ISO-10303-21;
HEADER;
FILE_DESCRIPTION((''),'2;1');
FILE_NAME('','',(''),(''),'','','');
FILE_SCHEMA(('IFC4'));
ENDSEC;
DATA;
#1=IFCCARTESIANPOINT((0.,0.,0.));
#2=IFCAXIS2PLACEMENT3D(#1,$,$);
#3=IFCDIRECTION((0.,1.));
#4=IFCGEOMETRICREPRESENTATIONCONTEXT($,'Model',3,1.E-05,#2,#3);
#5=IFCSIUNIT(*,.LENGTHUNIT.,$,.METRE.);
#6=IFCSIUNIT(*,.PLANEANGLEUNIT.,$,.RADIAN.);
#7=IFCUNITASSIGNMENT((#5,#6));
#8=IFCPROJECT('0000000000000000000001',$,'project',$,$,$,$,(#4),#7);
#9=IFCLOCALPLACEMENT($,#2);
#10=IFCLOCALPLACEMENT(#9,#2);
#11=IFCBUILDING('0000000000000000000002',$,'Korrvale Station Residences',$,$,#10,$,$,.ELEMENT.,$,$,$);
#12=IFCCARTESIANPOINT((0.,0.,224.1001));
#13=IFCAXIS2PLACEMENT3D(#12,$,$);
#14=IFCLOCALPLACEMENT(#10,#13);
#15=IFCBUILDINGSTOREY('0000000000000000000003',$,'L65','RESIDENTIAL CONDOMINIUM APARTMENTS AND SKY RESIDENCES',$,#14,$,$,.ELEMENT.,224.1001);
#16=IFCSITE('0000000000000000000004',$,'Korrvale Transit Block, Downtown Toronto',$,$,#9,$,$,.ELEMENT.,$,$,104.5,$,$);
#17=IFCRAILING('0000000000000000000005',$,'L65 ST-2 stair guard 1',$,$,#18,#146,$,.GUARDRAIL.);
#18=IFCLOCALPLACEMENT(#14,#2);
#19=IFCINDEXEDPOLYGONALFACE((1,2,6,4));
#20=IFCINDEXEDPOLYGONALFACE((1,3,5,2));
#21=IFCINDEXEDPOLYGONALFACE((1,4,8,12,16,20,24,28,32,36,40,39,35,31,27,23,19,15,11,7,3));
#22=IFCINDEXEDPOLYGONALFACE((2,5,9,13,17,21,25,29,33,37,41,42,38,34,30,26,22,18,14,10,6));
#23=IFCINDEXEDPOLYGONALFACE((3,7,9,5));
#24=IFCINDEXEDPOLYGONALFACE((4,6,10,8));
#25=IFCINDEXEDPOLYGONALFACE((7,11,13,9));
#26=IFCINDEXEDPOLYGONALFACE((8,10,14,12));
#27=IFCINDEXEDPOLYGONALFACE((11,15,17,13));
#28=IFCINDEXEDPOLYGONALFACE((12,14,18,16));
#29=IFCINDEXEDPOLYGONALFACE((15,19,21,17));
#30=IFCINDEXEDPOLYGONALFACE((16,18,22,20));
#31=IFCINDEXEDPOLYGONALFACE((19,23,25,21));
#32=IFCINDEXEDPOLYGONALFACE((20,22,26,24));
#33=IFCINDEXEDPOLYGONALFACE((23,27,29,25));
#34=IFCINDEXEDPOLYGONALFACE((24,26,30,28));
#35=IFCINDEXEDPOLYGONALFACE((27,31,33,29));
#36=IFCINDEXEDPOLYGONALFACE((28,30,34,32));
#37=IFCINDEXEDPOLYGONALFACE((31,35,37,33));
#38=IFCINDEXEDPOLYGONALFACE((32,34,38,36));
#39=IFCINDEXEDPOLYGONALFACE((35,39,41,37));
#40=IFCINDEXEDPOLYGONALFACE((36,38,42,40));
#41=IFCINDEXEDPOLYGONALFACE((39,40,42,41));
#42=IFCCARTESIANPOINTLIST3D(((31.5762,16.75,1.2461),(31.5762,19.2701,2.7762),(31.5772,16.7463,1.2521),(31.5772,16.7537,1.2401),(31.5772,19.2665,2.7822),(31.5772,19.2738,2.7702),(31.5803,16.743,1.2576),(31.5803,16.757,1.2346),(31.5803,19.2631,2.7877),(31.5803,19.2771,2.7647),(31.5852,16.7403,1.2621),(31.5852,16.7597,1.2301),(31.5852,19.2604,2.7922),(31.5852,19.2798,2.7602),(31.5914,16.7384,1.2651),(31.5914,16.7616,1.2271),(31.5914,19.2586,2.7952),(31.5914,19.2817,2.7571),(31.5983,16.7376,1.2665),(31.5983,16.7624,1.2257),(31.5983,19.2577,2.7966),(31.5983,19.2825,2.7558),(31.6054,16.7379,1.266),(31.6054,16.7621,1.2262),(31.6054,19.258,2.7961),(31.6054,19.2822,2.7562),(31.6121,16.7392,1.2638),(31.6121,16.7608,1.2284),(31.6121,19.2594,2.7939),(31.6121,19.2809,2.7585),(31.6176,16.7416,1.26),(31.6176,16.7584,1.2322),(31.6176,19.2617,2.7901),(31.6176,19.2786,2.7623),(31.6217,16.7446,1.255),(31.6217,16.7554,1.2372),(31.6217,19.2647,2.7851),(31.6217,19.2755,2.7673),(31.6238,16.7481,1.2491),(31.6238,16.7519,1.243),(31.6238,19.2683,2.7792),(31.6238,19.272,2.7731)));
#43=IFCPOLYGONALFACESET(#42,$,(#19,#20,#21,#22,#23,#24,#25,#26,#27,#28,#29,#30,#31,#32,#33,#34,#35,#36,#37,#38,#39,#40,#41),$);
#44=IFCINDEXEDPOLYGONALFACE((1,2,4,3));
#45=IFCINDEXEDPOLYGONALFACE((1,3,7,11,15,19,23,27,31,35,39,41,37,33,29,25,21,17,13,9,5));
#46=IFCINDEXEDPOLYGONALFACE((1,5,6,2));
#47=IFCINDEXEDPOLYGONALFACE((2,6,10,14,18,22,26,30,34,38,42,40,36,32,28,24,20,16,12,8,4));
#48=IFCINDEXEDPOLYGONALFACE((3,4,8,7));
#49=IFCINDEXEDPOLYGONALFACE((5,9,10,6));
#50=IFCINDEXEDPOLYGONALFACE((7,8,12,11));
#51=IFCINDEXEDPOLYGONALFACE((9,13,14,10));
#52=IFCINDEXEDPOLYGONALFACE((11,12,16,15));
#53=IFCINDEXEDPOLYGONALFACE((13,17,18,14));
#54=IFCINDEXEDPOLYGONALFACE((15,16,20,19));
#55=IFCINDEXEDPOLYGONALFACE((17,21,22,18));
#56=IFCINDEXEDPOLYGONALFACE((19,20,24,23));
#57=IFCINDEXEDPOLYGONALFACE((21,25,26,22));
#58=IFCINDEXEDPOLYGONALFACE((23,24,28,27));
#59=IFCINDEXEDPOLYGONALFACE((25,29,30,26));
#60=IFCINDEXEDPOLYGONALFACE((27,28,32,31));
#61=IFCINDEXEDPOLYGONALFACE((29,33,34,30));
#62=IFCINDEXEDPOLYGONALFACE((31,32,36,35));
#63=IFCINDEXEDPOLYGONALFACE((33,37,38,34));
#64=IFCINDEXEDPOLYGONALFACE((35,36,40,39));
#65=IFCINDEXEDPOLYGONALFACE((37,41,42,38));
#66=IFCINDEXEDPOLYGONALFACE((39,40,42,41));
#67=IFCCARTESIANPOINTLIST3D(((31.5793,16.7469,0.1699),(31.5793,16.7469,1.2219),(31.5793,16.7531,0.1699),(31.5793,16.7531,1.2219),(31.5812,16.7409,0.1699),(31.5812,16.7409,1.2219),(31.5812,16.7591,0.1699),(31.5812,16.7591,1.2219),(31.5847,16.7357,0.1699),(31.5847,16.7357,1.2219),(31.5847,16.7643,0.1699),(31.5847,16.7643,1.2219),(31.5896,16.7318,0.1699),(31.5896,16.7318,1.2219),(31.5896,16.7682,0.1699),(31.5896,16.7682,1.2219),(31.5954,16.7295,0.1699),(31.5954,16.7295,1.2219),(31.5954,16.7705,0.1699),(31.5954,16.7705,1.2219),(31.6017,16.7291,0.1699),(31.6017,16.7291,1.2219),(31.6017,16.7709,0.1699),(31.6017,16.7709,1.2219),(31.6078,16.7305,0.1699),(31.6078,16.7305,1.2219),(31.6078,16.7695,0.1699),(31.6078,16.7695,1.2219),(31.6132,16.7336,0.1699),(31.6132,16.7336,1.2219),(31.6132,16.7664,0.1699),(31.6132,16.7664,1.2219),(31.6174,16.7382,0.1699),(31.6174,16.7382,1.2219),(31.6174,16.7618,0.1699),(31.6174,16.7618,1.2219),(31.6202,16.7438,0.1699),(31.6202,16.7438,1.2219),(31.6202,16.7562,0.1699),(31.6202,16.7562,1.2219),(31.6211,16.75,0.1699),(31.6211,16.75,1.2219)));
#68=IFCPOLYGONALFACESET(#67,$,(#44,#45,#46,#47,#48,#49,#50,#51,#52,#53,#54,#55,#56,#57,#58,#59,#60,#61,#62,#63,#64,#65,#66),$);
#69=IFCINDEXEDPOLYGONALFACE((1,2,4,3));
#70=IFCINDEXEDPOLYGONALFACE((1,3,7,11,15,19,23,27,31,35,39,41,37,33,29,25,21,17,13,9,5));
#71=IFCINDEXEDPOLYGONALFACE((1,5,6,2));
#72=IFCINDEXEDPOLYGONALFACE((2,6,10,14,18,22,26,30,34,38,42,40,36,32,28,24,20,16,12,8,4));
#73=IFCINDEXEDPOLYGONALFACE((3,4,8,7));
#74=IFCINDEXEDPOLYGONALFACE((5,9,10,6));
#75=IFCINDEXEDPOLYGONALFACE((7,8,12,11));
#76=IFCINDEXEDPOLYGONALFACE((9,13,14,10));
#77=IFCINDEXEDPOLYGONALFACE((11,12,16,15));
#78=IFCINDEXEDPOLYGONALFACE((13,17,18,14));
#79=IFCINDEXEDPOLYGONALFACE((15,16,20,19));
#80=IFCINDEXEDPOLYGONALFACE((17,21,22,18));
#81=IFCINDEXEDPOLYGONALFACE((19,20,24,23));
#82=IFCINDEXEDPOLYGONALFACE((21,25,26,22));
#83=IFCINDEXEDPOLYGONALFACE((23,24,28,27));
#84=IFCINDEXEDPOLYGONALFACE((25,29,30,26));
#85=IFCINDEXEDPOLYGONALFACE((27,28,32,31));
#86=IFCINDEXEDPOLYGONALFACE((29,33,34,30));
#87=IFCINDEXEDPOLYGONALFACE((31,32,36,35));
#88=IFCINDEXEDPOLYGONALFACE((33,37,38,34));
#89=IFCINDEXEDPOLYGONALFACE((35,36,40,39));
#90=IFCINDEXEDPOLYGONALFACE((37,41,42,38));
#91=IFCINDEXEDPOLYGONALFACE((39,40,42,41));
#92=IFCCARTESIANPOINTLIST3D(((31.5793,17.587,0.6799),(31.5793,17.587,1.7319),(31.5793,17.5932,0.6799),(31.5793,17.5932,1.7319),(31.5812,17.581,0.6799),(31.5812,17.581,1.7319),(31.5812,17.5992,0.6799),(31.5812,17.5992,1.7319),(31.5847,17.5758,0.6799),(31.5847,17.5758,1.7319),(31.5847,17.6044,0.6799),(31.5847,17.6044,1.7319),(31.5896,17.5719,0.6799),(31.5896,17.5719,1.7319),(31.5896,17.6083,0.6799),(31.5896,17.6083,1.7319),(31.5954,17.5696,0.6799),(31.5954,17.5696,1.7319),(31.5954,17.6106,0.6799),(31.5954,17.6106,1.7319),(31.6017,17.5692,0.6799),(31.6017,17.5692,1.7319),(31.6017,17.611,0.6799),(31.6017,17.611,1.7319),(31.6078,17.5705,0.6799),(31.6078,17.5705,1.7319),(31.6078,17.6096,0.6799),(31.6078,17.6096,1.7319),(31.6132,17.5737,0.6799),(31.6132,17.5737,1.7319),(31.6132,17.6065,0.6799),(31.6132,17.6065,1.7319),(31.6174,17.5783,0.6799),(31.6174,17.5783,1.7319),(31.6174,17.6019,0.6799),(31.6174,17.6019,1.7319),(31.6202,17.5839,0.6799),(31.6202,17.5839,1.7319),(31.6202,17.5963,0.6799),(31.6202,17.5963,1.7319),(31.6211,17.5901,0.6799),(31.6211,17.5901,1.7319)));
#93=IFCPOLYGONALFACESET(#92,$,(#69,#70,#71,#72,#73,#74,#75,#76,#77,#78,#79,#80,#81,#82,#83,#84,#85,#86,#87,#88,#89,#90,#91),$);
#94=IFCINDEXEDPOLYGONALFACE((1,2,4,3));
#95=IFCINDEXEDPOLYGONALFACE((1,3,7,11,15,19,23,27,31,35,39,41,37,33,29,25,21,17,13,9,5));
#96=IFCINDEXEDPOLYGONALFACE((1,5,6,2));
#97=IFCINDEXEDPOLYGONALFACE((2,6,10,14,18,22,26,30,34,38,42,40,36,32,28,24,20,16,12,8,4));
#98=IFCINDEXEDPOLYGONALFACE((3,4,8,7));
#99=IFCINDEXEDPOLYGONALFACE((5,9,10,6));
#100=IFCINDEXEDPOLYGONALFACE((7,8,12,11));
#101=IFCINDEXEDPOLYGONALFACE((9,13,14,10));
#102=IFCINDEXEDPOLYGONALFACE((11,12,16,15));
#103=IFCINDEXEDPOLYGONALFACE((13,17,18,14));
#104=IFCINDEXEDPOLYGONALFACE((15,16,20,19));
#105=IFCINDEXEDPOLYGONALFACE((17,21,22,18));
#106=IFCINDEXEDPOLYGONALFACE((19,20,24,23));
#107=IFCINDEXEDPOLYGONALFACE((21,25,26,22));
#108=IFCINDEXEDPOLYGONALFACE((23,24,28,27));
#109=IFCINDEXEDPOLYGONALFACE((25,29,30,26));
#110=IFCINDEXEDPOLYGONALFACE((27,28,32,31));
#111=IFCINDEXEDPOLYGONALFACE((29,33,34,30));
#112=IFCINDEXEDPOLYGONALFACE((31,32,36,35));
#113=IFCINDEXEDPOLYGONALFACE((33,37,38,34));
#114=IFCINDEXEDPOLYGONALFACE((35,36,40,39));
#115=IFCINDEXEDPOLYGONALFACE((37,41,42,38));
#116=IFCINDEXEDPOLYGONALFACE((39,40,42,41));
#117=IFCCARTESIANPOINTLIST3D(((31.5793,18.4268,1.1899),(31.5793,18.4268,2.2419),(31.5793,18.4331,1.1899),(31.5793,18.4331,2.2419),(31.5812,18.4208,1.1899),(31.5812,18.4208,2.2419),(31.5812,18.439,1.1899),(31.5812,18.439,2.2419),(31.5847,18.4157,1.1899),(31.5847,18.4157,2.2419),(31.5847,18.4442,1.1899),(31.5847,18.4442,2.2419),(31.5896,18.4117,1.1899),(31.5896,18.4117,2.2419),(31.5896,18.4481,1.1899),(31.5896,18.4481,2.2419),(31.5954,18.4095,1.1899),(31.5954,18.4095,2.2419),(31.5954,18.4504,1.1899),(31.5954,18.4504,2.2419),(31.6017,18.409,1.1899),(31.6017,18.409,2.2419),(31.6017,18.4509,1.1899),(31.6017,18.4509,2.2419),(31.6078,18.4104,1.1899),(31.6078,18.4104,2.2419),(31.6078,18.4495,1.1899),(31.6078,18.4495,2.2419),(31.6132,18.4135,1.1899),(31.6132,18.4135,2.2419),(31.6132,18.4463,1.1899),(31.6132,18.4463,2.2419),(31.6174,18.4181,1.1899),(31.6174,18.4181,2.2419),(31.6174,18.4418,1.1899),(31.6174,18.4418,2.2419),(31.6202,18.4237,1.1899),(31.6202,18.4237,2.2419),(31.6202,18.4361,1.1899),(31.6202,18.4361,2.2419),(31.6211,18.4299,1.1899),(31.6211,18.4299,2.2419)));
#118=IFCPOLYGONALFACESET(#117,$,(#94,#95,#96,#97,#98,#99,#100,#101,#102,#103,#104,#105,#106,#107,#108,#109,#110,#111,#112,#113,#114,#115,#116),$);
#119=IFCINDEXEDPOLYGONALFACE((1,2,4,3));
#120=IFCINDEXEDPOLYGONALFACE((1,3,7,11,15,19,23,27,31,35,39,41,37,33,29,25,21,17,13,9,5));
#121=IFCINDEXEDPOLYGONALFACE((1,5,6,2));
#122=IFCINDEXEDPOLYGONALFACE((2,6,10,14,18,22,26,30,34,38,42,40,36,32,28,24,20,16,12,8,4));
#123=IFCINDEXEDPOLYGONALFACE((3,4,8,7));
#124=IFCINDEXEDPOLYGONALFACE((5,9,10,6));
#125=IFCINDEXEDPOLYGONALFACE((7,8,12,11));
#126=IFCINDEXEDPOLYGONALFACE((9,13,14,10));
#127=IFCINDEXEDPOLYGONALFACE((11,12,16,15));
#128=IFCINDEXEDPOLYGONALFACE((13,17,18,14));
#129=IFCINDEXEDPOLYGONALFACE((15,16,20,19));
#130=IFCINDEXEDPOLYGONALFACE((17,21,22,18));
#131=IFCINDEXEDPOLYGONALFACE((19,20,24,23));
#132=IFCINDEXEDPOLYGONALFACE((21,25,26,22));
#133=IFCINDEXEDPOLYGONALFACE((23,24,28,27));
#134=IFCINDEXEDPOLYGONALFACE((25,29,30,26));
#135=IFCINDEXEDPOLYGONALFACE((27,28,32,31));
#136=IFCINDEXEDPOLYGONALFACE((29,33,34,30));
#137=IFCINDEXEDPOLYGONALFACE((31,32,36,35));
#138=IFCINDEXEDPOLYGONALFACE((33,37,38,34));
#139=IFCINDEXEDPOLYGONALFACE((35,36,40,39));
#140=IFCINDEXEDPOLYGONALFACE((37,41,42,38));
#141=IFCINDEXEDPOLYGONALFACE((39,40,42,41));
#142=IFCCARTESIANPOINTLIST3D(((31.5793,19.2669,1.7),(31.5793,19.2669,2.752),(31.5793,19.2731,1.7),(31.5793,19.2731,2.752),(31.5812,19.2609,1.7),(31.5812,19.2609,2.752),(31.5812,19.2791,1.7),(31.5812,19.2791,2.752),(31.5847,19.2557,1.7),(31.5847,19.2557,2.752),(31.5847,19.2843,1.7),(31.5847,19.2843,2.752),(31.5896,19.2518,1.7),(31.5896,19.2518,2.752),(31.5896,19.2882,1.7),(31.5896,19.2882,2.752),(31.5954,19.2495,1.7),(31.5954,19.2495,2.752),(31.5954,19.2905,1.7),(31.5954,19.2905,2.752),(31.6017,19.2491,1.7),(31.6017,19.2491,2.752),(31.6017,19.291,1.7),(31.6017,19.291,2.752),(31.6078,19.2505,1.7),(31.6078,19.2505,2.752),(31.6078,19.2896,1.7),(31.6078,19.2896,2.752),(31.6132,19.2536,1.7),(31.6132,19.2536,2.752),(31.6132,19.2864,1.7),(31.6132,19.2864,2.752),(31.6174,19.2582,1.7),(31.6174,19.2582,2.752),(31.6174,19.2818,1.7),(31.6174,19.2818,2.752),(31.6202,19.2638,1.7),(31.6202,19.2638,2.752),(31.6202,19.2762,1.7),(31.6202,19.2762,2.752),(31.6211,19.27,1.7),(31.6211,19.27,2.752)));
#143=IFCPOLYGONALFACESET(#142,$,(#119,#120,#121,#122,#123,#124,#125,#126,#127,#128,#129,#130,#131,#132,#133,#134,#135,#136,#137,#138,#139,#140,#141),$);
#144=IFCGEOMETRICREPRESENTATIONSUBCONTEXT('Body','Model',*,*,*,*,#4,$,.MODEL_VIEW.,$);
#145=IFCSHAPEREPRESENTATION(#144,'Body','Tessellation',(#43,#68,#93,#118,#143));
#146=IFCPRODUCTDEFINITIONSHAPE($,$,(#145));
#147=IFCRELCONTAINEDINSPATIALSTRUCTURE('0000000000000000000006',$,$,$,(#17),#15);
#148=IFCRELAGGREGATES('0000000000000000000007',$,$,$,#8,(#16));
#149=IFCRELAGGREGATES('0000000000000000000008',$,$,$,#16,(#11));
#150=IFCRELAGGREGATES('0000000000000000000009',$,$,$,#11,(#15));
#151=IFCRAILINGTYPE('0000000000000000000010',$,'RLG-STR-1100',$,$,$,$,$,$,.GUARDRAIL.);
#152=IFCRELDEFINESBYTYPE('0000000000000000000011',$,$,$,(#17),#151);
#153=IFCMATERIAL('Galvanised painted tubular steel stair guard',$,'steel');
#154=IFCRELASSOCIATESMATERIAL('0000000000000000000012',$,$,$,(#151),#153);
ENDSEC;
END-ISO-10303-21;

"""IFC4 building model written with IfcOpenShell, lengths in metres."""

from ifc_helpers import new_model, si_unit, direction, frame, origin, origin_2d, place, context, subcontext, project, spatial, circle, extrude, material, type_object, element, save


model = new_model("IFC4")

# Units and contexts
model_context = context("Model", 3, precision=1e-05, world=origin(), true_north=direction((0.0, 1.0)))
body_context = subcontext(model_context, "Body", "Model", "MODEL_VIEW")
ifc_project = project(units=[si_unit("LENGTHUNIT", "METRE"), si_unit("PLANEANGLEUNIT", "RADIAN")], contexts=[model_context])

# Site, building, storey
site_placement = place(None, origin())
site = spatial("IfcSite", under=ifc_project, at=site_placement, Name="Korrvale Transit Block, Downtown Toronto", CompositionType="ELEMENT", RefElevation=104.5)
building_placement = place(site_placement, origin())
building = spatial("IfcBuilding", under=site, at=building_placement, Name="Korrvale Station Residences", CompositionType="ELEMENT")
storey_placement = place(building_placement, frame((0.0, 0.0, 224.1001)))
storey = spatial("IfcBuildingStorey", under=building, at=storey_placement, Name="L65", Description="RESIDENTIAL CONDOMINIUM APARTMENTS AND SKY RESIDENCES", CompositionType="ELEMENT", Elevation=224.1001)

# Railing
ifc_material_1 = material(Name="Galvanised painted tubular steel stair guard", Category="steel")
railing_type_1 = type_object("IfcRailingType", Name="RLG-STR-1100", PredefinedType="GUARDRAIL", material=ifc_material_1)
railing_1_placement = place(storey_placement, frame((31.6001, 16.75, 0.1699)))
element("IfcRailing", 1, at=railing_1_placement, inside=storey, type_object=railing_type_1, Name="L65 ST-2 stair guard 1", PredefinedType="GUARDRAIL", context=body_context, shape_type="SweptSolid", body=[
    extrude(circle(Radius=0.0239, at=origin_2d()), frame((0.0, 0.0, 1.0762), z_axis=(0.0, 0.854785, 0.518982), x_axis=(-1.0, 0.0, 0.0)), (0.0, 0.0, 1.0), 2.9482),
    extrude(circle(Radius=0.021, at=origin_2d()), origin(), (0.0, 0.0, 1.0), 1.052),
    extrude(circle(Radius=0.021, at=origin_2d()), frame((0.0, 0.8401, 0.51)), (0.0, 0.0, 1.0), 1.052),
    extrude(circle(Radius=0.021, at=origin_2d()), frame((0.0, 1.6799, 1.02)), (0.0, 0.0, 1.0), 1.052),
    extrude(circle(Radius=0.021, at=origin_2d()), frame((0.0, 2.52, 1.53)), (0.0, 0.0, 1.0), 1.052),
])

save(model, "model.ifc")
